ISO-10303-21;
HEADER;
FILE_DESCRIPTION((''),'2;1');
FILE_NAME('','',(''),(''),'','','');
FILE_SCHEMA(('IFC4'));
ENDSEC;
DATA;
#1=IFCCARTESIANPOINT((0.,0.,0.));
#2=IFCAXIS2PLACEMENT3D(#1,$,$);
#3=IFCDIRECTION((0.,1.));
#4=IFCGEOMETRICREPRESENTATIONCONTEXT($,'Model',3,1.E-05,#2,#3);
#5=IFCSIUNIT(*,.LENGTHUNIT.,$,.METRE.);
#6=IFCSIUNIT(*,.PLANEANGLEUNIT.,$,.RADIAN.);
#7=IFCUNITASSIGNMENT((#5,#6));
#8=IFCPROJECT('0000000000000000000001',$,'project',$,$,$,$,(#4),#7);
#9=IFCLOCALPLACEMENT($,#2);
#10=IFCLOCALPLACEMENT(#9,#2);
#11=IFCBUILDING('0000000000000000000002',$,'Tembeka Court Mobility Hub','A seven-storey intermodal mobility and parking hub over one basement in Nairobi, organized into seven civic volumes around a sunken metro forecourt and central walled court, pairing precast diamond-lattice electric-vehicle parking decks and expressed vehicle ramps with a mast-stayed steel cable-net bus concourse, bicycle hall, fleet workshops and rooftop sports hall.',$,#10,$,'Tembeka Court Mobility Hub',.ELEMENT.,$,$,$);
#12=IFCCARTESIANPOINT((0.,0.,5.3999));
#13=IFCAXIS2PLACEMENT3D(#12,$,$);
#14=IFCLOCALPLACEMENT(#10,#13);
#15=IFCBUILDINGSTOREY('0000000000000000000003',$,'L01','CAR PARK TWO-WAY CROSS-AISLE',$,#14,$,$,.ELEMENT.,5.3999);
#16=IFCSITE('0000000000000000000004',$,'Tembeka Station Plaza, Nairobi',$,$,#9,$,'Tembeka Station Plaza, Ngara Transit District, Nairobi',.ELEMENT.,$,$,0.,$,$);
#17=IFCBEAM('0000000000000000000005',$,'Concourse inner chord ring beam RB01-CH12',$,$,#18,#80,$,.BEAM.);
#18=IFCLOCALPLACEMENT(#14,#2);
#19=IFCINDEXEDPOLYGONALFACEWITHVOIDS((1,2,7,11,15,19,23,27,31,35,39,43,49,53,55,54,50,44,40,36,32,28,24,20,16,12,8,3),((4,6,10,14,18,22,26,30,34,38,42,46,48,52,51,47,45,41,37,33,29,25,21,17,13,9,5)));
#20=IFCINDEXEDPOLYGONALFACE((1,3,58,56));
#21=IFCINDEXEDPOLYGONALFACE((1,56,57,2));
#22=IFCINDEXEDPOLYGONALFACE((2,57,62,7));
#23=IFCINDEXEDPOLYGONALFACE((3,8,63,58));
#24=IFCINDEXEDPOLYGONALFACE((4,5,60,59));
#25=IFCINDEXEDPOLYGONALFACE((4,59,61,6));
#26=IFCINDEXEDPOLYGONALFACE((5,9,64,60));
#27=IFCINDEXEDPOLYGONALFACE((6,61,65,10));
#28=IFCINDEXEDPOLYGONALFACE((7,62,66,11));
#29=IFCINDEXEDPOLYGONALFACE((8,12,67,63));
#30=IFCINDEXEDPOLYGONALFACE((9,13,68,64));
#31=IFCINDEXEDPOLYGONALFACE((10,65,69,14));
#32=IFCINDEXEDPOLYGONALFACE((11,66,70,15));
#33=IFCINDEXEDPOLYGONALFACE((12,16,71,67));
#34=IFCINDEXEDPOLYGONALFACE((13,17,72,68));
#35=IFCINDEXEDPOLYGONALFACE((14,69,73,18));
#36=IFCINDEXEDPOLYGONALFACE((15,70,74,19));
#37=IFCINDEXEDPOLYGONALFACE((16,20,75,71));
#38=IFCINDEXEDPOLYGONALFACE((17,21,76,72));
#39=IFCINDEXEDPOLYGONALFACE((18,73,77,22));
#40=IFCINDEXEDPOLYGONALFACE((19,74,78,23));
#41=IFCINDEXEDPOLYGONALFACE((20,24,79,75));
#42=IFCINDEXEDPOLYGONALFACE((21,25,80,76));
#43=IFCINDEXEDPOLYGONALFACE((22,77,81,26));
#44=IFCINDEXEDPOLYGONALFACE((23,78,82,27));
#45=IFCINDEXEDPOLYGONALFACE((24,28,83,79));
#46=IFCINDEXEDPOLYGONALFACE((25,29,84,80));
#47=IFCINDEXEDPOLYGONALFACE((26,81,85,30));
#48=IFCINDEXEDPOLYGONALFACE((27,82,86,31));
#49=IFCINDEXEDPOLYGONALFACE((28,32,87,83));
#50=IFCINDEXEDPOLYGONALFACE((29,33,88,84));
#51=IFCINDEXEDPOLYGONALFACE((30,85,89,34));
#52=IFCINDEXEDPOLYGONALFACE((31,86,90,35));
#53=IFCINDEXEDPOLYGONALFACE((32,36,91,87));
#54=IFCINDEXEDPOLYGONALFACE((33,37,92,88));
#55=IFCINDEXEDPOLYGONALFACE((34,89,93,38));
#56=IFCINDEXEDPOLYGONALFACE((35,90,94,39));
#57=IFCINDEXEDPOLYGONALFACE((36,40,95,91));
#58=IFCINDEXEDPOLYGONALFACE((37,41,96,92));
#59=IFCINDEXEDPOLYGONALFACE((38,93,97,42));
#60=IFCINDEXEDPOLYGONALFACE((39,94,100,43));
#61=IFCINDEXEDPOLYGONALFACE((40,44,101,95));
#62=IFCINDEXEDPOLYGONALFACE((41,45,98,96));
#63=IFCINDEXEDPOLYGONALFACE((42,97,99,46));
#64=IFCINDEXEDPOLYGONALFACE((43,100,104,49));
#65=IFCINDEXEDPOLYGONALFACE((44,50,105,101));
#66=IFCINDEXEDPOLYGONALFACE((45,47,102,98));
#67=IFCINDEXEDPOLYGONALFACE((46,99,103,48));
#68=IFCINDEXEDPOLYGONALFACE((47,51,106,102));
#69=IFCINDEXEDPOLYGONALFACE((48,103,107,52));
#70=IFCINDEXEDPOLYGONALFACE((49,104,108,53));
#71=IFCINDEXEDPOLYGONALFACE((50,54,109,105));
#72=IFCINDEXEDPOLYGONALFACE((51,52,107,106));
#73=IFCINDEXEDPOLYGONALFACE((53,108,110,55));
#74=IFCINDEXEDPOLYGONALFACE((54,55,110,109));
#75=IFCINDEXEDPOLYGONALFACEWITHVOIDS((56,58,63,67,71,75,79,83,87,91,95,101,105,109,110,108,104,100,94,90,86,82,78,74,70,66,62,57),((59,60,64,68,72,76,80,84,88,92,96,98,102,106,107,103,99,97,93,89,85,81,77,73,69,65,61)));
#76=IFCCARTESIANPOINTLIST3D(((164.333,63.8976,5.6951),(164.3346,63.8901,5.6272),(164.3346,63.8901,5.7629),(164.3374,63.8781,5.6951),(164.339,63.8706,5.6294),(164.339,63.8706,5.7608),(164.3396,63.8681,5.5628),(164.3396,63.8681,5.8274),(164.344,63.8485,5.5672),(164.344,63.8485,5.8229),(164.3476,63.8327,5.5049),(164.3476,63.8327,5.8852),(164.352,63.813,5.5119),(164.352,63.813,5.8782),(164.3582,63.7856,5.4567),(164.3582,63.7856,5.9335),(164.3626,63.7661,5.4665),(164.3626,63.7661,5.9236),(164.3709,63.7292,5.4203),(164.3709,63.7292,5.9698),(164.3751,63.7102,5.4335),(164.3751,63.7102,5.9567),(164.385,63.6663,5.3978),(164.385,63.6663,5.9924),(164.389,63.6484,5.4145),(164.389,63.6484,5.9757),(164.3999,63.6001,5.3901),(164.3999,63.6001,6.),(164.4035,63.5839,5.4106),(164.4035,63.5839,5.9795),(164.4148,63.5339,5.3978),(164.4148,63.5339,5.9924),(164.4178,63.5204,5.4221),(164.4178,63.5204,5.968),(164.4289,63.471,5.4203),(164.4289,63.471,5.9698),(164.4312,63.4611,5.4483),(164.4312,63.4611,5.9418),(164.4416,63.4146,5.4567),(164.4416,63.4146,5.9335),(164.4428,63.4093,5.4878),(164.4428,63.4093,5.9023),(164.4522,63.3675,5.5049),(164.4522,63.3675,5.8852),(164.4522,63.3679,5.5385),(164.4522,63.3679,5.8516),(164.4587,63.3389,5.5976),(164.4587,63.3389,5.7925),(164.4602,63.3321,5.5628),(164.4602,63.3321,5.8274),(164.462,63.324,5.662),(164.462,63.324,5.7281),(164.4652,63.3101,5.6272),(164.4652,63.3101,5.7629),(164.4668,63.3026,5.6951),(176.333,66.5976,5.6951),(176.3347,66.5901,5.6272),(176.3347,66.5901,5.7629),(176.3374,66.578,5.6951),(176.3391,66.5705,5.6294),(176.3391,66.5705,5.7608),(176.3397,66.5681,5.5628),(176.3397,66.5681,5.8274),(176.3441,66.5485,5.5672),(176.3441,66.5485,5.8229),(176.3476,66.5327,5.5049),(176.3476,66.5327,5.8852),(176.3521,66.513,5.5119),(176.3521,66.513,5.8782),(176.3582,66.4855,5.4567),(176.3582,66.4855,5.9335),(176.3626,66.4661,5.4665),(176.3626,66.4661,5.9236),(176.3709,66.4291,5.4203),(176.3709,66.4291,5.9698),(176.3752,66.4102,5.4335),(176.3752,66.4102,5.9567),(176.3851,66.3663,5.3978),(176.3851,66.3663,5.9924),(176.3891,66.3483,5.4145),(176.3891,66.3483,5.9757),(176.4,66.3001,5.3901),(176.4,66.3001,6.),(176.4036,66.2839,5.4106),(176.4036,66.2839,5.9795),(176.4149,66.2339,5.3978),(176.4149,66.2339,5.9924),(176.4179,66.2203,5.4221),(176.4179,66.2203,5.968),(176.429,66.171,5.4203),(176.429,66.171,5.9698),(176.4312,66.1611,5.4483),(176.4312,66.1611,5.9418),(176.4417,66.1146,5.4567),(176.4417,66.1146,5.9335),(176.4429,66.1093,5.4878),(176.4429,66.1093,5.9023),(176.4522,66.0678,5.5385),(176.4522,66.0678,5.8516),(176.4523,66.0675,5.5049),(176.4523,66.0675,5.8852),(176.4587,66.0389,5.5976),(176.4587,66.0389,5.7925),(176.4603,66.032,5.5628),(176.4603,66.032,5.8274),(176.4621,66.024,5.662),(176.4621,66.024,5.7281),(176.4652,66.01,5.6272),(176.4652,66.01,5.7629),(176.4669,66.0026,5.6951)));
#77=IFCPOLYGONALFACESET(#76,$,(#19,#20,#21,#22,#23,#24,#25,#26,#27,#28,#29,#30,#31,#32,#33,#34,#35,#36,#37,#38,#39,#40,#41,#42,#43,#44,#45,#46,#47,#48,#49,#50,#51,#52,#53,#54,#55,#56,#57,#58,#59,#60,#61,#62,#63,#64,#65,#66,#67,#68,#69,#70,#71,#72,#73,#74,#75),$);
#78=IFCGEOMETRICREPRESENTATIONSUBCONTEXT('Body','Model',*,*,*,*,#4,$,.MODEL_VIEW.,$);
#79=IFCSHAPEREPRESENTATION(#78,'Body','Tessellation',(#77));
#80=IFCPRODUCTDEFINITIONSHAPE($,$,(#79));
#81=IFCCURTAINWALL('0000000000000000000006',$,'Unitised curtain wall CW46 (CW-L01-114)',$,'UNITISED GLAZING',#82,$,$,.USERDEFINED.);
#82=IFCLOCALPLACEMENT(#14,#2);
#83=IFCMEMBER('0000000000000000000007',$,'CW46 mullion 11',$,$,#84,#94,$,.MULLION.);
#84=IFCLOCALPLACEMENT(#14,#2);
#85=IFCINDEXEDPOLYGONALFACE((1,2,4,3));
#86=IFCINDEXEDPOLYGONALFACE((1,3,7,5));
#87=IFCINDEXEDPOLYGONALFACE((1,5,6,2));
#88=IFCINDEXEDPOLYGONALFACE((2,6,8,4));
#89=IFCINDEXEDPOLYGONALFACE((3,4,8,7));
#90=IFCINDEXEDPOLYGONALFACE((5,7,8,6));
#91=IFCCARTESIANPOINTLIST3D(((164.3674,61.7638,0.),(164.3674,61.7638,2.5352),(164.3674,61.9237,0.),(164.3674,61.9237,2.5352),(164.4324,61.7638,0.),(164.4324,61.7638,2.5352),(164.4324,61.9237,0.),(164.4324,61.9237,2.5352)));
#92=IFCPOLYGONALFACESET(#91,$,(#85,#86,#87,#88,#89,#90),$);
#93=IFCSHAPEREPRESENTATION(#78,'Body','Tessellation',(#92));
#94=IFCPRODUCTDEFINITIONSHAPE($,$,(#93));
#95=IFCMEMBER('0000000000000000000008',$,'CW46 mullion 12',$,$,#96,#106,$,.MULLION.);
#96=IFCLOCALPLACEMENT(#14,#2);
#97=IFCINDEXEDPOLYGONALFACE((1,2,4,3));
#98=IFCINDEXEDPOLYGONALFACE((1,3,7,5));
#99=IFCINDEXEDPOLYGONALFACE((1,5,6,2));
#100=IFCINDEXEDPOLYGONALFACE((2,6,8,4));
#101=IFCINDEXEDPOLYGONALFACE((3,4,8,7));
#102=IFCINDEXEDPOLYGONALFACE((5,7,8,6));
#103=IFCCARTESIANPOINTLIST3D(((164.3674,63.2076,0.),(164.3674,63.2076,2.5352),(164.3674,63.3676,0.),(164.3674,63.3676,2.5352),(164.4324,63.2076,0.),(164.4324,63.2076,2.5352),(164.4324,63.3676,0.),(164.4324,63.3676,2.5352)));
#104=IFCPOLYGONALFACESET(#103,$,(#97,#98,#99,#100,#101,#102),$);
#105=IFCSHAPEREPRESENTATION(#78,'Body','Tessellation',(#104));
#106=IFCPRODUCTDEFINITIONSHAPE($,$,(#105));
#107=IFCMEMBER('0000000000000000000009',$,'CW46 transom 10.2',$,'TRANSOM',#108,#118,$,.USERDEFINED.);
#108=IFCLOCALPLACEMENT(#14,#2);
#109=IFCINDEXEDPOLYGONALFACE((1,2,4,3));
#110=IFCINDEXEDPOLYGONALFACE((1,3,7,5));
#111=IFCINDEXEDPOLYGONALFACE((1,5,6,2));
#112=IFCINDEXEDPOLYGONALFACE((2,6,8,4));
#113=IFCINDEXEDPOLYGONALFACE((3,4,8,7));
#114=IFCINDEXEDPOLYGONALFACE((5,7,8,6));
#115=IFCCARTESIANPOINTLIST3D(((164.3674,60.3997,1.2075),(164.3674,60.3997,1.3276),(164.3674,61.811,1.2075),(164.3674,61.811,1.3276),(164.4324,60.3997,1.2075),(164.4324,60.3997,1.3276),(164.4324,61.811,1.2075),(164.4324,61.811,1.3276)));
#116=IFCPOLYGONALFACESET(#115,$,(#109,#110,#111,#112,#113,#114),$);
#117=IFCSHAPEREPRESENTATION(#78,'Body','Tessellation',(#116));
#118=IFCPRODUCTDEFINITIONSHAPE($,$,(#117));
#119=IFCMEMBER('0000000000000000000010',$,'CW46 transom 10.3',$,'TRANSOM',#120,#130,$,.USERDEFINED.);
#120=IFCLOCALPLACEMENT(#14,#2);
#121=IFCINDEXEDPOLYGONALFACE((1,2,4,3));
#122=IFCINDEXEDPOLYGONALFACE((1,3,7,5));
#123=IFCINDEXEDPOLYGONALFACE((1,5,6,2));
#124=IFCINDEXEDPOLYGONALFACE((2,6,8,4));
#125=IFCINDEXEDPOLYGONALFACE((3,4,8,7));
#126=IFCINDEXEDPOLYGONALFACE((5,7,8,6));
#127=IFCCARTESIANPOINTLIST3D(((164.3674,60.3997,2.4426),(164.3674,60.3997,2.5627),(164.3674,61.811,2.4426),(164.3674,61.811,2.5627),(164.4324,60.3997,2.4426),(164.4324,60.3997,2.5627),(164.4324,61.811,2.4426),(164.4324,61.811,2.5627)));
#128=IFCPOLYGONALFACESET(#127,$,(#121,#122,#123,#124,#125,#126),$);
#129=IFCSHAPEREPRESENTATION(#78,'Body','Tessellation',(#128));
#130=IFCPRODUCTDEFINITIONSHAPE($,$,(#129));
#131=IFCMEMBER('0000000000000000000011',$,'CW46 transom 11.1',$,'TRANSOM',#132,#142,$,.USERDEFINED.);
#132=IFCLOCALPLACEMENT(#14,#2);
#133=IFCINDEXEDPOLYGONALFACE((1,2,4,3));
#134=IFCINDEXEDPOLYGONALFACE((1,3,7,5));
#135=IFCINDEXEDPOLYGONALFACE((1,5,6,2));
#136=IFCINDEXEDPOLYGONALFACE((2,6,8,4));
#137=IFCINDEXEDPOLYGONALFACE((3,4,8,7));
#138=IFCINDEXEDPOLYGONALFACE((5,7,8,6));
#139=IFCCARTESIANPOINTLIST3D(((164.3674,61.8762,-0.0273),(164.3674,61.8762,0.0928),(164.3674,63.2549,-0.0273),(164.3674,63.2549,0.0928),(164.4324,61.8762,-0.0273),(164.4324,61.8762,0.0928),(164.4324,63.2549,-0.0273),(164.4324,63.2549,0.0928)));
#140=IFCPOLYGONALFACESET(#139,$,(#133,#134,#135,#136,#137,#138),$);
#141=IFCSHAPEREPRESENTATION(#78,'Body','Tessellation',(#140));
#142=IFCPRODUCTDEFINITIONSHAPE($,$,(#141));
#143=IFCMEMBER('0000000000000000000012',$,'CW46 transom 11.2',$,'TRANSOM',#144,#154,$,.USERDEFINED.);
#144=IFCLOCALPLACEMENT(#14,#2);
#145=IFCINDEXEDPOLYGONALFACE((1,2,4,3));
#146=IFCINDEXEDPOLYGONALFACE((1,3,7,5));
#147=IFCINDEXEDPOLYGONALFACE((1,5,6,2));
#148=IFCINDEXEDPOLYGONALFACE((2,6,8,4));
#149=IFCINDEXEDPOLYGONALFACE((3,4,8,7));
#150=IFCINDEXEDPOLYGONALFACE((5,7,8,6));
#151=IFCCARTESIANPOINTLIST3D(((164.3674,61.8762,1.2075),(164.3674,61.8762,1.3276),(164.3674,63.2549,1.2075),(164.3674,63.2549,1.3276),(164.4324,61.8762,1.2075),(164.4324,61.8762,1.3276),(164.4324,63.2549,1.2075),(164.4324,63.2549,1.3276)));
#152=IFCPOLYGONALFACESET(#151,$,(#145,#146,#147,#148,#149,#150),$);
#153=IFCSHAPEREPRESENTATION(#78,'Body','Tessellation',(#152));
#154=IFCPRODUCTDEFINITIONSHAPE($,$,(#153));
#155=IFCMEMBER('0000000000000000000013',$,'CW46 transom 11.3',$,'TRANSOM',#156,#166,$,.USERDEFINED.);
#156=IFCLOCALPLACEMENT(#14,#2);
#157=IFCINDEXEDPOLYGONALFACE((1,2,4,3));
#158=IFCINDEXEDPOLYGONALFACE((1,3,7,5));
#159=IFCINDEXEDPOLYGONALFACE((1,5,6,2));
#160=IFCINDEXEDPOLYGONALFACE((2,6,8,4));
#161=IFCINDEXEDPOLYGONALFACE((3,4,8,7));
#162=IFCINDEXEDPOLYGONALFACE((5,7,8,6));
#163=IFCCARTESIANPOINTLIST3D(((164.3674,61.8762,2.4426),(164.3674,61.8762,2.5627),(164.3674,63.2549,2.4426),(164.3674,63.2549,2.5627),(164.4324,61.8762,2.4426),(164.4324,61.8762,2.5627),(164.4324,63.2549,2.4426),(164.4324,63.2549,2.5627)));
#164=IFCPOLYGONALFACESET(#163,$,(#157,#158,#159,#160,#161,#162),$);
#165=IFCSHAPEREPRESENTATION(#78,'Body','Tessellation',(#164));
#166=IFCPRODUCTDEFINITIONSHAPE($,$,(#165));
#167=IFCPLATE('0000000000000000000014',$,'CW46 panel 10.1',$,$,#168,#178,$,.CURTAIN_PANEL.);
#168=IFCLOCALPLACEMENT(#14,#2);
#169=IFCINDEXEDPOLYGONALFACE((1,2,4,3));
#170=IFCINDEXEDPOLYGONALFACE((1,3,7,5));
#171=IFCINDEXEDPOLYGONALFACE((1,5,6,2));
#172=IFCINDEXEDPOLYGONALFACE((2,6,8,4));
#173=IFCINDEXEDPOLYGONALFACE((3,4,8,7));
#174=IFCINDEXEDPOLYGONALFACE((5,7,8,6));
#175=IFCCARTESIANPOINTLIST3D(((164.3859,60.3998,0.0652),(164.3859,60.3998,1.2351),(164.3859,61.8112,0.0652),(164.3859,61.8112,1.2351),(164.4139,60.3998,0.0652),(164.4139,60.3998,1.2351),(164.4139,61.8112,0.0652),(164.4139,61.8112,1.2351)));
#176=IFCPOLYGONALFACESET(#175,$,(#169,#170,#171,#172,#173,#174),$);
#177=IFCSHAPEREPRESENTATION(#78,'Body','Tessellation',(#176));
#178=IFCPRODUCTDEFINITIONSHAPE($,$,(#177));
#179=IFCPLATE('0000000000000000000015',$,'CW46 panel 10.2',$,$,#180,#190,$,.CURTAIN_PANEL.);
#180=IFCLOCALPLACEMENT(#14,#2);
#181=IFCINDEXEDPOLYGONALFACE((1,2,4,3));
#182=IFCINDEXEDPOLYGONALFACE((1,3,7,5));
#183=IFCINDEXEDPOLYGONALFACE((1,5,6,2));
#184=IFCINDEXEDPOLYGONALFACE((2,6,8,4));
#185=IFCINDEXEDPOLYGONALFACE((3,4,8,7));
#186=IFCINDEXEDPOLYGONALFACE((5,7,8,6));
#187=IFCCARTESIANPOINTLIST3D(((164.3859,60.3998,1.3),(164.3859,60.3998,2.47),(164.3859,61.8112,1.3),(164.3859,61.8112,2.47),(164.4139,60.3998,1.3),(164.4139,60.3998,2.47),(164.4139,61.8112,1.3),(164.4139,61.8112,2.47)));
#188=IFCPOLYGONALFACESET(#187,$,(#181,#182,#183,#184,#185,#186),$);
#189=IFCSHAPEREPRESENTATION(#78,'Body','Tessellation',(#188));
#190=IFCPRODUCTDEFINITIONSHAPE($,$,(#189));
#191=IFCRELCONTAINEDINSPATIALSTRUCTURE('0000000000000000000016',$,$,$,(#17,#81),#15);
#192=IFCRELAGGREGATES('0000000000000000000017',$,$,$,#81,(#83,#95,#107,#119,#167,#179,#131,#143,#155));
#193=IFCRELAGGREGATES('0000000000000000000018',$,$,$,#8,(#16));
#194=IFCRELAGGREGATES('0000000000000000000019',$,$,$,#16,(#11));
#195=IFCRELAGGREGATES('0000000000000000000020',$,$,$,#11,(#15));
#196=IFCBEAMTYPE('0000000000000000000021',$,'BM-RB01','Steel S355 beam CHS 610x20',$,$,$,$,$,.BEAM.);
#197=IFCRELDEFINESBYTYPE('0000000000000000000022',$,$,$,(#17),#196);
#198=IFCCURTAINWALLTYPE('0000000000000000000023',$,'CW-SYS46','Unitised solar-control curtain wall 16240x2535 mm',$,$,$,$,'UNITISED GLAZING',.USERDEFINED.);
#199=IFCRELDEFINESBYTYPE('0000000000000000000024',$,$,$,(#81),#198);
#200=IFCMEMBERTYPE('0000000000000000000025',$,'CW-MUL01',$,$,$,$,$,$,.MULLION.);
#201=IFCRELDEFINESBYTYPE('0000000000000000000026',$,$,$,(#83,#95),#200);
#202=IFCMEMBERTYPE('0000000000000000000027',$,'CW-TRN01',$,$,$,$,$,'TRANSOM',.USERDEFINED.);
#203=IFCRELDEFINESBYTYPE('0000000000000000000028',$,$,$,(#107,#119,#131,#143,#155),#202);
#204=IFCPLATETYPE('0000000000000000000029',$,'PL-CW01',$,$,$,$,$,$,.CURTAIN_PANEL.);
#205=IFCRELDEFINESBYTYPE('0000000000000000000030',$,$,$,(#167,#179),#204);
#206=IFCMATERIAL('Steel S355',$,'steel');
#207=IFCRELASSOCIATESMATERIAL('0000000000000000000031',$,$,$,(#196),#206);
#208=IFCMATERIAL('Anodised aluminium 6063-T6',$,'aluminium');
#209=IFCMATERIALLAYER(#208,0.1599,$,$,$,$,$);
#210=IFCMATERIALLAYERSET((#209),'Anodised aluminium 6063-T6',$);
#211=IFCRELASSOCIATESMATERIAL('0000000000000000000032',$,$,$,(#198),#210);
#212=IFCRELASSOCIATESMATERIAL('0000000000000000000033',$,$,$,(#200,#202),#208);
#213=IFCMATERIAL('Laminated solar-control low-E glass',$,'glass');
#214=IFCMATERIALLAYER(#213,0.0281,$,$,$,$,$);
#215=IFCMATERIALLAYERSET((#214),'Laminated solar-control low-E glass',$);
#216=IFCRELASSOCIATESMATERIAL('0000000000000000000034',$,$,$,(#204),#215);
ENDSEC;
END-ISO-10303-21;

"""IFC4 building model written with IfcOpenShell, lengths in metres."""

from ifc_helpers import new_model, si_unit, direction, frame, origin, origin_2d, place, context, subcontext, project, spatial, rectangle, hollow_circle, extrude, material, layer, layer_set, material_profile, profile_set, type_object, element, aggregate, save


model = new_model("IFC4")

# Units and contexts
model_context = context("Model", 3, precision=1e-05, world=origin(), true_north=direction((0.0, 1.0)))
body_context = subcontext(model_context, "Body", "Model", "MODEL_VIEW")
ifc_project = project(units=[si_unit("LENGTHUNIT", "METRE"), si_unit("PLANEANGLEUNIT", "RADIAN")], contexts=[model_context])

# Site, building, storey
site_placement = place(None, origin())
site = spatial("IfcSite", under=ifc_project, at=site_placement, Name="Tembeka Station Plaza, Nairobi", LongName="Tembeka Station Plaza, Ngara Transit District, Nairobi", CompositionType="ELEMENT", RefElevation=0.0)
building_placement = place(site_placement, origin())
building = spatial("IfcBuilding", under=site, at=building_placement, Name="Tembeka Court Mobility Hub", Description="A seven-storey intermodal mobility and parking hub over one basement in Nairobi, organized into seven civic volumes around a sunken metro forecourt and central walled court, pairing precast diamond-lattice electric-vehicle parking decks and expressed vehicle ramps with a mast-stayed steel cable-net bus concourse, bicycle hall, fleet workshops and rooftop sports hall.", LongName="Tembeka Court Mobility Hub", CompositionType="ELEMENT")
storey_placement = place(building_placement, frame((0.0, 0.0, 5.3999)))
storey = spatial("IfcBuildingStorey", under=building, at=storey_placement, Name="L01", Description="CAR PARK TWO-WAY CROSS-AISLE", CompositionType="ELEMENT", Elevation=5.3999)

# Shared definitions
ifc_material_1 = material(Name="Steel S355", Category="steel")

# Beam
ifc_material_profile_1 = material_profile(ifc_material_1, hollow_circle(Radius=0.3049, WallThickness=0.02, at=origin_2d()), Name="CHS 610x20")
ifc_profile_set_1 = profile_set([ifc_material_profile_1], Name="Steel S355")
beam_type_1 = type_object("IfcBeamType", Name="BM-RB01", Description="Steel S355 beam CHS 610x20", PredefinedType="BEAM", material=ifc_profile_set_1)
beam_1_placement = place(storey_placement, frame((164.3999, 63.6001, 5.6951), z_axis=(0.975611, 0.219508, 0.0), x_axis=(-0.219508, 0.975611, 0.0)))
element("IfcBeam", 1, at=beam_1_placement, inside=storey, type_object=beam_type_1, Name="Concourse inner chord ring beam RB01-CH12", PredefinedType="BEAM", context=body_context, shape_type="SweptSolid", body=[
    extrude(hollow_circle(Radius=0.3049, WallThickness=0.02, at=origin_2d()), origin(), (0.0, 0.0, 1.0), 12.3),
])

# Curtain wall, members, plates
ifc_material_2 = material(Name="Anodised aluminium 6063-T6", Category="aluminium")
ifc_layer_1 = layer(ifc_material_2, 0.1599)
ifc_layer_set_1 = layer_set([ifc_layer_1], Name="Anodised aluminium 6063-T6")
curtain_wall_type = type_object("IfcCurtainWallType", Name="CW-SYS46", Description="Unitised solar-control curtain wall 16240x2535 mm", ElementType="UNITISED GLAZING", PredefinedType="USERDEFINED", material=ifc_layer_set_1)
curtain_wall_placement = place(storey_placement, origin())
curtain_wall = element("IfcCurtainWall", 2, at=curtain_wall_placement, inside=storey, type_object=curtain_wall_type, Name="Unitised curtain wall CW46 (CW-L01-114)", ObjectType="UNITISED GLAZING", PredefinedType="USERDEFINED")
ifc_material_profile_2 = material_profile(ifc_material_2, rectangle(XDim=0.0649, YDim=0.1599, at=origin_2d()), Name="ALU-MUL 65x160")
ifc_profile_set_2 = profile_set([ifc_material_profile_2], Name="Anodised aluminium 6063-T6")
member_type_1 = type_object("IfcMemberType", Name="CW-MUL01", PredefinedType="MULLION", material=ifc_profile_set_2)
member_1_placement = place(storey_placement, frame((164.3999, 61.8438, 0.0), z_axis=(0.0, 0.0, 1.0), x_axis=(-1.0, 0.0, 0.0)))
member_1 = element("IfcMember", 3, at=member_1_placement, type_object=member_type_1, Name="CW46 mullion 11", PredefinedType="MULLION", context=body_context, shape_type="SweptSolid", body=[
    extrude(rectangle(XDim=0.0649, YDim=0.1599, at=origin_2d()), origin(), (0.0, 0.0, 1.0), 2.5352),
])
member_2_placement = place(storey_placement, frame((164.3999, 63.2876, 0.0), z_axis=(0.0, 0.0, 1.0), x_axis=(-1.0, 0.0, 0.0)))
member_2 = element("IfcMember", 4, at=member_2_placement, type_object=member_type_1, Name="CW46 mullion 12", PredefinedType="MULLION", context=body_context, shape_type="SweptSolid", body=[
    extrude(rectangle(XDim=0.0649, YDim=0.1599, at=origin_2d()), origin(), (0.0, 0.0, 1.0), 2.5352),
])
ifc_material_profile_3 = material_profile(ifc_material_2, rectangle(XDim=0.0649, YDim=0.1201, at=origin_2d()), Name="ALU-TRN 65x120")
ifc_profile_set_3 = profile_set([ifc_material_profile_3], Name="Anodised aluminium 6063-T6")
member_type_2 = type_object("IfcMemberType", Name="CW-TRN01", ElementType="TRANSOM", PredefinedType="USERDEFINED", material=ifc_profile_set_3)
member_3_placement = place(storey_placement, frame((164.3999, 60.3997, 1.2676), z_axis=(0.0, 1.0, 0.0), x_axis=(-1.0, 0.0, 0.0)))
member_3 = element("IfcMember", 5, at=member_3_placement, type_object=member_type_2, Name="CW46 transom 10.2", ObjectType="TRANSOM", PredefinedType="USERDEFINED", context=body_context, shape_type="SweptSolid", body=[
    extrude(rectangle(XDim=0.0649, YDim=0.1201, at=origin_2d()), origin(), (0.0, 0.0, 1.0), 1.4114),
])
member_4_placement = place(storey_placement, frame((164.3999, 60.3997, 2.5027), z_axis=(0.0, 1.0, 0.0), x_axis=(-1.0, 0.0, 0.0)))
member_4 = element("IfcMember", 6, at=member_4_placement, type_object=member_type_2, Name="CW46 transom 10.3", ObjectType="TRANSOM", PredefinedType="USERDEFINED", context=body_context, shape_type="SweptSolid", body=[
    extrude(rectangle(XDim=0.0649, YDim=0.1201, at=origin_2d()), origin(), (0.0, 0.0, 1.0), 1.4114),
])
member_5_placement = place(storey_placement, frame((164.3999, 61.8762, 0.0327), z_axis=(0.0, 1.0, 0.0), x_axis=(-1.0, 0.0, 0.0)))
member_5 = element("IfcMember", 7, at=member_5_placement, type_object=member_type_2, Name="CW46 transom 11.1", ObjectType="TRANSOM", PredefinedType="USERDEFINED", context=body_context, shape_type="SweptSolid", body=[
    extrude(rectangle(XDim=0.0649, YDim=0.1201, at=origin_2d()), origin(), (0.0, 0.0, 1.0), 1.3787),
])
member_6_placement = place(storey_placement, frame((164.3999, 61.8762, 1.2676), z_axis=(0.0, 1.0, 0.0), x_axis=(-1.0, 0.0, 0.0)))
member_6 = element("IfcMember", 8, at=member_6_placement, type_object=member_type_2, Name="CW46 transom 11.2", ObjectType="TRANSOM", PredefinedType="USERDEFINED", context=body_context, shape_type="SweptSolid", body=[
    extrude(rectangle(XDim=0.0649, YDim=0.1201, at=origin_2d()), origin(), (0.0, 0.0, 1.0), 1.3787),
])
member_7_placement = place(storey_placement, frame((164.3999, 61.8762, 2.5027), z_axis=(0.0, 1.0, 0.0), x_axis=(-1.0, 0.0, 0.0)))
member_7 = element("IfcMember", 9, at=member_7_placement, type_object=member_type_2, Name="CW46 transom 11.3", ObjectType="TRANSOM", PredefinedType="USERDEFINED", context=body_context, shape_type="SweptSolid", body=[
    extrude(rectangle(XDim=0.0649, YDim=0.1201, at=origin_2d()), origin(), (0.0, 0.0, 1.0), 1.3787),
])
ifc_material_3 = material(Name="Laminated solar-control low-E glass", Category="glass")
ifc_layer_2 = layer(ifc_material_3, 0.0281)
ifc_layer_set_2 = layer_set([ifc_layer_2], Name="Laminated solar-control low-E glass")
plate_type = type_object("IfcPlateType", Name="PL-CW01", PredefinedType="CURTAIN_PANEL", material=ifc_layer_set_2)
plate_1_placement = place(storey_placement, frame((164.3999, 61.1055, 0.0652), z_axis=(0.0, 0.0, 1.0), x_axis=(0.0, 1.0, 0.0)))
plate_1 = element("IfcPlate", 10, at=plate_1_placement, type_object=plate_type, Name="CW46 panel 10.1", PredefinedType="CURTAIN_PANEL", context=body_context, shape_type="SweptSolid", body=[
    extrude(rectangle(XDim=1.4114, YDim=0.0281, at=origin_2d()), origin(), (0.0, 0.0, 1.0), 1.1699),
])
plate_2_placement = place(storey_placement, frame((164.3999, 61.1055, 1.3), z_axis=(0.0, 0.0, 1.0), x_axis=(0.0, 1.0, 0.0)))
plate_2 = element("IfcPlate", 11, at=plate_2_placement, type_object=plate_type, Name="CW46 panel 10.2", PredefinedType="CURTAIN_PANEL", context=body_context, shape_type="SweptSolid", body=[
    extrude(rectangle(XDim=1.4114, YDim=0.0281, at=origin_2d()), origin(), (0.0, 0.0, 1.0), 1.1699),
])
aggregate(curtain_wall, [member_1, member_2, member_3, member_4, plate_1, plate_2, member_5, member_6, member_7])

save(model, "model.ifc")
